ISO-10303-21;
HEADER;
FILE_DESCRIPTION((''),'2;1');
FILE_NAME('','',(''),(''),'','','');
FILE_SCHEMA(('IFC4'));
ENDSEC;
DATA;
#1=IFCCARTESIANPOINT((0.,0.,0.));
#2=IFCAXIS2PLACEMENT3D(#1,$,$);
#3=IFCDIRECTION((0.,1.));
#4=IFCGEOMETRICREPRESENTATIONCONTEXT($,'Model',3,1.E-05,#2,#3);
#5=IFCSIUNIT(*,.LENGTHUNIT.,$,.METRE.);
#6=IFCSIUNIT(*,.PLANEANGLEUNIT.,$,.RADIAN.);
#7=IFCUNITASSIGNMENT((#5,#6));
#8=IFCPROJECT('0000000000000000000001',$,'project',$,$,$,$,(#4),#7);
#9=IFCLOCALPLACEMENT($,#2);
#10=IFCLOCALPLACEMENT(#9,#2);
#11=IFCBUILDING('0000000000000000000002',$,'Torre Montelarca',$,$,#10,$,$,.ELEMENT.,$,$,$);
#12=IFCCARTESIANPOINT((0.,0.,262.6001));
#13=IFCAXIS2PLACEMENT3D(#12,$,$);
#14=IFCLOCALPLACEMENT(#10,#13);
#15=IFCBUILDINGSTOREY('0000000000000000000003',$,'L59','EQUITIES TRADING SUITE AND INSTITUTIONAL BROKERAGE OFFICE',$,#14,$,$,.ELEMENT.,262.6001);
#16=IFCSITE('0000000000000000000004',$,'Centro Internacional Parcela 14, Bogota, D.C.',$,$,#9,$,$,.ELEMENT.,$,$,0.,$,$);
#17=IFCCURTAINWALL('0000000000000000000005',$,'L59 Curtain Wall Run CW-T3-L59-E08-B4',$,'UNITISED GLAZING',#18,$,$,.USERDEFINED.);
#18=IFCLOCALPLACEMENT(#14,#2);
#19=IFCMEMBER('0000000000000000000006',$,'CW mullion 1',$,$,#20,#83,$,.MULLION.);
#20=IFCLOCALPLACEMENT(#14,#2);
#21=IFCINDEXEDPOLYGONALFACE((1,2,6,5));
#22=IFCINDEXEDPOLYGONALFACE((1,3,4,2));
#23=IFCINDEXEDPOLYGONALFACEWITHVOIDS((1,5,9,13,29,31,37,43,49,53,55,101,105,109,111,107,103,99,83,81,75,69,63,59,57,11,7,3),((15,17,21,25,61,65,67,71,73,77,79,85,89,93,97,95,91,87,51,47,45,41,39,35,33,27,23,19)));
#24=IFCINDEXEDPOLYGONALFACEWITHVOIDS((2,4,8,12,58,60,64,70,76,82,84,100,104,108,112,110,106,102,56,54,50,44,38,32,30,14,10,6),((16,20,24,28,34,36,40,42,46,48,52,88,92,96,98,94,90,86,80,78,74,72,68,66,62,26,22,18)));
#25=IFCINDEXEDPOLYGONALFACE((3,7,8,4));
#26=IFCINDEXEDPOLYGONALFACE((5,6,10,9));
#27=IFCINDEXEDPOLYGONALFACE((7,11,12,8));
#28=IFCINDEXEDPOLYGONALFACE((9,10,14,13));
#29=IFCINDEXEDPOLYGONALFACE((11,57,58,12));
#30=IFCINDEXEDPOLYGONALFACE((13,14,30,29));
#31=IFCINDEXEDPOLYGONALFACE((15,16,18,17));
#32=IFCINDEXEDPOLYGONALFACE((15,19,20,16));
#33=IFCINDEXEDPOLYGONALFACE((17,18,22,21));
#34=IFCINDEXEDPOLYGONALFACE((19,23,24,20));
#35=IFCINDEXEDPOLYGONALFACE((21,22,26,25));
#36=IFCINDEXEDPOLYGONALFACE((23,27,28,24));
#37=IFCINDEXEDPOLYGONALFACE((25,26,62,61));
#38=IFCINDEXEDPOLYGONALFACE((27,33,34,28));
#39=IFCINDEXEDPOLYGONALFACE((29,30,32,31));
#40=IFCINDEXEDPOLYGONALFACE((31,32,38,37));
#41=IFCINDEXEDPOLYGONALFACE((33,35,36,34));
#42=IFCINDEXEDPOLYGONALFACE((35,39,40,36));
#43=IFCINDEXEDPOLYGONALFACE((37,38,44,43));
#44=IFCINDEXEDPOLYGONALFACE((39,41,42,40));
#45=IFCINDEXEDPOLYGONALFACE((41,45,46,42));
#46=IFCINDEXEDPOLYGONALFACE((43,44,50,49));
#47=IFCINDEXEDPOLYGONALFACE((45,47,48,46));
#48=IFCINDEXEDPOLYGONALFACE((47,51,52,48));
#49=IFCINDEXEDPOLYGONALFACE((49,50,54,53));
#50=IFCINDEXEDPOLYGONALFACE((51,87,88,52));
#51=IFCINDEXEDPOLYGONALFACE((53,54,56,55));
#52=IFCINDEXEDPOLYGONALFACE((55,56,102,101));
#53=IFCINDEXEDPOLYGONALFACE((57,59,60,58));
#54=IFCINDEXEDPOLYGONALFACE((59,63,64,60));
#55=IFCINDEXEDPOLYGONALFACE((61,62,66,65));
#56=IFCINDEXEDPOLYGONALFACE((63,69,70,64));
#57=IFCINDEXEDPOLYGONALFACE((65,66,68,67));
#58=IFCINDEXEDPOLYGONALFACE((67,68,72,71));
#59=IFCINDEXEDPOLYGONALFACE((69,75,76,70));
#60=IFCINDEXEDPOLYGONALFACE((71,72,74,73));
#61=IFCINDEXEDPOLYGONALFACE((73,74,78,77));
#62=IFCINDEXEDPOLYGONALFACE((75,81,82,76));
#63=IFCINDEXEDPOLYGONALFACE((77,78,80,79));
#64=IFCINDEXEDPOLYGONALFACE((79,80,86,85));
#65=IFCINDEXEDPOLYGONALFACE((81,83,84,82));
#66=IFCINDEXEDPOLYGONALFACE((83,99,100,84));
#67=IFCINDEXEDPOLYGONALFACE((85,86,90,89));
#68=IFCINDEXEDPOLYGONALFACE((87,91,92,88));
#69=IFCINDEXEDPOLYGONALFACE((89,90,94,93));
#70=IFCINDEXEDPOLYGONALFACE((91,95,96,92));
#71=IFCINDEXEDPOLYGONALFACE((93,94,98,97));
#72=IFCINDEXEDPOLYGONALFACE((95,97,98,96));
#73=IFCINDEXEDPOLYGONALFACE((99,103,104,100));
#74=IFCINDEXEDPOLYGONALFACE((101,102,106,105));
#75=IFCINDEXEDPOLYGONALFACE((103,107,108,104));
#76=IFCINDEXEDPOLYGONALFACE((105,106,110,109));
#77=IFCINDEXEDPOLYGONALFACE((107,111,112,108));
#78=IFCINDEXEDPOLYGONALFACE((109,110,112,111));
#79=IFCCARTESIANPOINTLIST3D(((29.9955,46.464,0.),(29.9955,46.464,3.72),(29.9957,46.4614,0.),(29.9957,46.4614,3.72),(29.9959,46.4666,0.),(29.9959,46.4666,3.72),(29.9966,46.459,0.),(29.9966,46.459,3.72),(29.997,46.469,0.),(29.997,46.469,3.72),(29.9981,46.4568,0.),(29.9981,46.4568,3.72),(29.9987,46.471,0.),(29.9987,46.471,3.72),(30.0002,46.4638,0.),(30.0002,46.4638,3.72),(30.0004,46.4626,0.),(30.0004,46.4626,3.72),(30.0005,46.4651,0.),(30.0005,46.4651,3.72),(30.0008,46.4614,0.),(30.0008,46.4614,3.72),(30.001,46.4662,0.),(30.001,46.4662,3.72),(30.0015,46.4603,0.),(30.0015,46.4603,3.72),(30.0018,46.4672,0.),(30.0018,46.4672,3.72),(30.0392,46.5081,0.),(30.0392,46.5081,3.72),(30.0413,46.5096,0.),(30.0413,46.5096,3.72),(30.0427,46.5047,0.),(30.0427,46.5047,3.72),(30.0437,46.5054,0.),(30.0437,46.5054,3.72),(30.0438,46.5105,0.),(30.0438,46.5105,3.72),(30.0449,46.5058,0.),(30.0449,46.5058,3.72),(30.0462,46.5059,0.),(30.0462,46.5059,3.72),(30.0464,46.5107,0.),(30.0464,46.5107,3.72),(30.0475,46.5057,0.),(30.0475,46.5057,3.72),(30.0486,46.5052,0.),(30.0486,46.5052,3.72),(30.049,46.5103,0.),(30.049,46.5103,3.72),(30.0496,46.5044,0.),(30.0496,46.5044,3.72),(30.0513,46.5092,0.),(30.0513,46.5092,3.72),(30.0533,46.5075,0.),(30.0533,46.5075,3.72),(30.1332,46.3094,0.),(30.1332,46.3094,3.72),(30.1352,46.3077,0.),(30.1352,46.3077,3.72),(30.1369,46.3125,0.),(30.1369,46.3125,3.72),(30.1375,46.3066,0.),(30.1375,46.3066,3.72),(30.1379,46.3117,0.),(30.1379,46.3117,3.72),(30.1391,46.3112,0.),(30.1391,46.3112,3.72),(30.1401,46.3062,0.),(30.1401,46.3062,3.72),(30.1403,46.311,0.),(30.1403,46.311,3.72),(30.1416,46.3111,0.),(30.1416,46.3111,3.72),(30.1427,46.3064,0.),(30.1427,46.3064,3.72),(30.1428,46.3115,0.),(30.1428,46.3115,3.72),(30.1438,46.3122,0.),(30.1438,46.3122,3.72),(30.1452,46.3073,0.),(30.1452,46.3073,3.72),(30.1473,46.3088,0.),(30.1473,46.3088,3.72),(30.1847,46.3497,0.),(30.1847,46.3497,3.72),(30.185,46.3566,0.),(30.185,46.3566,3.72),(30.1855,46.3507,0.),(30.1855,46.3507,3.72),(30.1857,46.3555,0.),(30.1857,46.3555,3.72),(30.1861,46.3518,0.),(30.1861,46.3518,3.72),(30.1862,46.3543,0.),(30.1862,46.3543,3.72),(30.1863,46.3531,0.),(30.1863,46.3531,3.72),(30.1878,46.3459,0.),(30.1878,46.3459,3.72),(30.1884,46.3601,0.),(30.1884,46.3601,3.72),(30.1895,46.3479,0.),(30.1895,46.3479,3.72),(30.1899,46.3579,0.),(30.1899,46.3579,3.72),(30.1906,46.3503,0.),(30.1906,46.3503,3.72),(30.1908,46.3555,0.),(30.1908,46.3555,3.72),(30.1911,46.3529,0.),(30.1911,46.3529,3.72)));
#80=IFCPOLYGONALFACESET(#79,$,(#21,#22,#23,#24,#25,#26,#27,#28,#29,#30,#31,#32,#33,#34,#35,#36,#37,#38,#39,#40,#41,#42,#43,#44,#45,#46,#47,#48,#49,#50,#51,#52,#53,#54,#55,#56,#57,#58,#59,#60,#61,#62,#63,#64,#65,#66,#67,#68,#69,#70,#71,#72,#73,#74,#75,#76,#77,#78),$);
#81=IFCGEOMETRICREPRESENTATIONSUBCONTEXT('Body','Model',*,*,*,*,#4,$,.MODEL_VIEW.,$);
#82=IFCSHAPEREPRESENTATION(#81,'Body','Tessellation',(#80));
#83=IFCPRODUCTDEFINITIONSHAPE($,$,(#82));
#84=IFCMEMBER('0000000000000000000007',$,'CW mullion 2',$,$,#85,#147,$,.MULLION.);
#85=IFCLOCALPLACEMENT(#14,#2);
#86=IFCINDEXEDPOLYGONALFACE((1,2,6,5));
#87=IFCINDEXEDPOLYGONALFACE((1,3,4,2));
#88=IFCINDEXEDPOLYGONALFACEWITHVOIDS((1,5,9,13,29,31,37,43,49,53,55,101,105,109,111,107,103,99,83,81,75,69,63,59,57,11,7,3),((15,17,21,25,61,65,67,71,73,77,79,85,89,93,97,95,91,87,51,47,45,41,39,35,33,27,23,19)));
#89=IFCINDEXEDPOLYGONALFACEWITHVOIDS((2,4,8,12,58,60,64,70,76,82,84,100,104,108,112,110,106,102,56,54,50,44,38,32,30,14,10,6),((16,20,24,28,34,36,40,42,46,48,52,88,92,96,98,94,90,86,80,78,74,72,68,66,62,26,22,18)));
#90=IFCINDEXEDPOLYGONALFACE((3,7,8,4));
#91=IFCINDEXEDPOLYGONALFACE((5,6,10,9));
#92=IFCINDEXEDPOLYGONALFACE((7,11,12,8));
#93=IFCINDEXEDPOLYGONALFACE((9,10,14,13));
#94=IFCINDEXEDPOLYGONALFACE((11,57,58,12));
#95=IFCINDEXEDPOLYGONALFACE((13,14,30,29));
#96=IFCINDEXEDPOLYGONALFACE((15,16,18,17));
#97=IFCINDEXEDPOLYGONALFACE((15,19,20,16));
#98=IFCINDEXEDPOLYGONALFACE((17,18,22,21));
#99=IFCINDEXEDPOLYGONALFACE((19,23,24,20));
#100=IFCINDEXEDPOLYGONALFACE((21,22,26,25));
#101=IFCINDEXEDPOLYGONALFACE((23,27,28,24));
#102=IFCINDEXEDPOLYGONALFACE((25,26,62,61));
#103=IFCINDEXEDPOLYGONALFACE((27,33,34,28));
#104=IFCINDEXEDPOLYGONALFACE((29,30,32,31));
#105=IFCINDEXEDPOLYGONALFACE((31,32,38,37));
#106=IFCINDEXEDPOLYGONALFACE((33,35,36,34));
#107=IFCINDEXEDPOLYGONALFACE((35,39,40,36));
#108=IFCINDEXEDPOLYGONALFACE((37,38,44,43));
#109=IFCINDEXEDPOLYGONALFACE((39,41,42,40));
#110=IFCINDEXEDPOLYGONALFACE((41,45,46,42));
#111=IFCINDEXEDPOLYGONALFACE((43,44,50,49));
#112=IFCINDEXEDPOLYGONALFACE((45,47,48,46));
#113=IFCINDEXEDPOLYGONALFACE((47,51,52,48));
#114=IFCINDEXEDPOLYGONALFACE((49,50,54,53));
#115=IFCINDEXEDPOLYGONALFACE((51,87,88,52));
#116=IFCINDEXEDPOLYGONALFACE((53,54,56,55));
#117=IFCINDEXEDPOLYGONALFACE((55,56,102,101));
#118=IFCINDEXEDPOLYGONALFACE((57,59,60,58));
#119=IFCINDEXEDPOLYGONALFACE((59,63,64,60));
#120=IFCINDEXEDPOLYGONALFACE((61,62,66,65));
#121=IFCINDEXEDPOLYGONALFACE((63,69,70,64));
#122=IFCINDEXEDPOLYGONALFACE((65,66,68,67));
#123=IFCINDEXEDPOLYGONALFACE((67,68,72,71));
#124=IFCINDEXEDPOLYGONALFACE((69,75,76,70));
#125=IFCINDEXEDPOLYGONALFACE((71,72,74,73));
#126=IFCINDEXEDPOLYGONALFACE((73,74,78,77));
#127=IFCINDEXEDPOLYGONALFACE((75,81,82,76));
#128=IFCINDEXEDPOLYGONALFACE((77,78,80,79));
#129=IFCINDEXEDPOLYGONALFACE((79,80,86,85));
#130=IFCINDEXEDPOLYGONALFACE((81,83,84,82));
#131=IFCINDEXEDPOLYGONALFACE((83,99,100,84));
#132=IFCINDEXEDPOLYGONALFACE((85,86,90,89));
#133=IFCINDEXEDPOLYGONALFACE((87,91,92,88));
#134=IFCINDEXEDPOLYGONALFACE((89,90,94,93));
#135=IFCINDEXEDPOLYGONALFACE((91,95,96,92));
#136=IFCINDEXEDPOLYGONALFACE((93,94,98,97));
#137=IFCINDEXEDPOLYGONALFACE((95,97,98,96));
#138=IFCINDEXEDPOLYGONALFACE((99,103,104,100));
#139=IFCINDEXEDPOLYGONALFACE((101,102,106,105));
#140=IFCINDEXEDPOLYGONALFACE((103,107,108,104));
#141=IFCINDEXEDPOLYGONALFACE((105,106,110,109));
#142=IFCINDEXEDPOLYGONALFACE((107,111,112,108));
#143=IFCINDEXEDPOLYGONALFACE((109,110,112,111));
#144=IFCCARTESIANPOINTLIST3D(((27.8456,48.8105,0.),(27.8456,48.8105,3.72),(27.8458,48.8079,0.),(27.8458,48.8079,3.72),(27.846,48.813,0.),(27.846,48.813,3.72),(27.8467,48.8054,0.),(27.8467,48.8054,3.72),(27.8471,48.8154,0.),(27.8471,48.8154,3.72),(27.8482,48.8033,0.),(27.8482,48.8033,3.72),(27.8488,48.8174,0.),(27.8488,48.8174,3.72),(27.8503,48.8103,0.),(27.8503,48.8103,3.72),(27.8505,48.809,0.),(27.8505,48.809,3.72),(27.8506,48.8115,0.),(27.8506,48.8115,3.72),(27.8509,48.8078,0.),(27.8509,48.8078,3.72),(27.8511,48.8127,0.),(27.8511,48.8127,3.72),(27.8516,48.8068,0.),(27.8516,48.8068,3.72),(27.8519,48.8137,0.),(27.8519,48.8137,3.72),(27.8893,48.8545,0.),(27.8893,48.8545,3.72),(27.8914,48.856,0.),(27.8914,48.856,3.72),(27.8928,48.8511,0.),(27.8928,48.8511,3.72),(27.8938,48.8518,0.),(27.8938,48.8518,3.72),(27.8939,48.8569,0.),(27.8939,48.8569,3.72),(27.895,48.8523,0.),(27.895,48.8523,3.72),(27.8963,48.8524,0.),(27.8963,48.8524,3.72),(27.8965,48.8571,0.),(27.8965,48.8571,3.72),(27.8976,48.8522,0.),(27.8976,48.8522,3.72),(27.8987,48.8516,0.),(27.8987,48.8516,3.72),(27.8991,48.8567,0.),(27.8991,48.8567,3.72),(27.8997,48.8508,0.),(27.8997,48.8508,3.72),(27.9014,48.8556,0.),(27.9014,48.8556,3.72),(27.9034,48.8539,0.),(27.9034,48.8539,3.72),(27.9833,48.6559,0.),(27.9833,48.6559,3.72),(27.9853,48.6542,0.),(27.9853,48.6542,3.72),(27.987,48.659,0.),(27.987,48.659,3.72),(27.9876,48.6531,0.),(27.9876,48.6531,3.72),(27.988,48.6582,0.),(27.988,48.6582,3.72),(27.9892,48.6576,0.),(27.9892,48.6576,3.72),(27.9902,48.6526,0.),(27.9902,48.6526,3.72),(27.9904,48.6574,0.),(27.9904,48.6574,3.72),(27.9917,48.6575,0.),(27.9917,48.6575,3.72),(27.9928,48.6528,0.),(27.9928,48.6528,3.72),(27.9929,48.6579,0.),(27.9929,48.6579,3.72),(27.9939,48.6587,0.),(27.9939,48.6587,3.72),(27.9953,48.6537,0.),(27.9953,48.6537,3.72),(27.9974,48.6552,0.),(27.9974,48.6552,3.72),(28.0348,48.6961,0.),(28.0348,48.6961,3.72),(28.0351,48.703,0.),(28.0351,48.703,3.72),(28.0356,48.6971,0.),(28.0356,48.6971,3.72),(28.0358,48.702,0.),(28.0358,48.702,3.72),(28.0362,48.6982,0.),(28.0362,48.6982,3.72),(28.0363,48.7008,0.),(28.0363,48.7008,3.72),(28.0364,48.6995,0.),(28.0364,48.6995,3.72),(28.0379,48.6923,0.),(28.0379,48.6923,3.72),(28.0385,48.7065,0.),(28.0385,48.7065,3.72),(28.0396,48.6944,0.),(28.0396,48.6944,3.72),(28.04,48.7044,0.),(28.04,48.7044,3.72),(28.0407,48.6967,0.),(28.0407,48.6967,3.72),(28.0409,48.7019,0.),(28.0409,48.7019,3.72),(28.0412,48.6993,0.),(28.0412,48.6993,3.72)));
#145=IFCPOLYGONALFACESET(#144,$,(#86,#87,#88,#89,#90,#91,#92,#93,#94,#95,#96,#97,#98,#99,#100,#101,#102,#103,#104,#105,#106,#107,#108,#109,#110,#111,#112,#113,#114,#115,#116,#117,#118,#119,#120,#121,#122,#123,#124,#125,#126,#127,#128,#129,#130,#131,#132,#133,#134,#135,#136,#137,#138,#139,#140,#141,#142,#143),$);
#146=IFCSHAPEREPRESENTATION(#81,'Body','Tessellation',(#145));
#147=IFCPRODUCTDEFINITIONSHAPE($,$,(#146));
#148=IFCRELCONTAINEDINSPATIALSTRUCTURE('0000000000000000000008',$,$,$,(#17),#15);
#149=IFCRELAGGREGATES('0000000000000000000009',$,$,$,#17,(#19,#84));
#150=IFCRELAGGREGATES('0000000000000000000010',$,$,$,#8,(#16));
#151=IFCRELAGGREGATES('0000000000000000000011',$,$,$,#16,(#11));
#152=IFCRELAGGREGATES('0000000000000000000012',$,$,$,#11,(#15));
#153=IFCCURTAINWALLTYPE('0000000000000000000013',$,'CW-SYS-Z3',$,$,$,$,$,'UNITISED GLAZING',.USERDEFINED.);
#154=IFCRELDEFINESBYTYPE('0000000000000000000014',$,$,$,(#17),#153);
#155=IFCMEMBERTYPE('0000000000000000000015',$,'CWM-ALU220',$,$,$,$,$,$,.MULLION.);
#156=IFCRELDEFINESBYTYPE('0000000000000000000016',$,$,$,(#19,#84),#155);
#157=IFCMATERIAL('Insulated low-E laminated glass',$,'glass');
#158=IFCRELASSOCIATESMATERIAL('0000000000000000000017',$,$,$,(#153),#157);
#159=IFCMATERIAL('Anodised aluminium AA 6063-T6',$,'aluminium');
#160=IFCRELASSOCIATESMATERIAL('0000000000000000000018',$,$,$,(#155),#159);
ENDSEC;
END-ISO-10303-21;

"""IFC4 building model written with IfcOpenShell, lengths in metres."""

from ifc_helpers import new_model, si_unit, direction, frame, origin, origin_2d, place, context, subcontext, project, spatial, hollow_rectangle, extrude, source, transform, mapped, material, material_profile, profile_set, type_object, element, aggregate, save


model = new_model("IFC4")

# Units and contexts
model_context = context("Model", 3, precision=1e-05, world=origin(), true_north=direction((0.0, 1.0)))
body_context = subcontext(model_context, "Body", "Model", "MODEL_VIEW")
ifc_project = project(units=[si_unit("LENGTHUNIT", "METRE"), si_unit("PLANEANGLEUNIT", "RADIAN")], contexts=[model_context])

# Site, building, storey
site_placement = place(None, origin())
site = spatial("IfcSite", under=ifc_project, at=site_placement, Name="Centro Internacional Parcela 14, Bogota, D.C.", CompositionType="ELEMENT", RefElevation=0.0)
building_placement = place(site_placement, origin())
building = spatial("IfcBuilding", under=site, at=building_placement, Name="Torre Montelarca", CompositionType="ELEMENT")
storey_placement = place(building_placement, frame((0.0, 0.0, 262.6001)))
storey = spatial("IfcBuildingStorey", under=building, at=storey_placement, Name="L59", Description="EQUITIES TRADING SUITE AND INSTITUTIONAL BROKERAGE OFFICE", CompositionType="ELEMENT", Elevation=262.6001)

# Shared definitions
ifc_material_1 = material(Name="Insulated low-E laminated glass", Category="glass")
curtain_wall_type = type_object("IfcCurtainWallType", Name="CW-SYS-Z3", ElementType="UNITISED GLAZING", PredefinedType="USERDEFINED", material=ifc_material_1)
ifc_material_2 = material(Name="Anodised aluminium AA 6063-T6", Category="aluminium")
ifc_material_profile_1 = material_profile(ifc_material_2, hollow_rectangle(XDim=0.075, YDim=0.22, WallThickness=0.0049, InnerFilletRadius=0.0049, OuterFilletRadius=0.01, at=origin_2d()), Name="ALU75X220X5", Category="aluminium")
ifc_profile_set_1 = profile_set([ifc_material_profile_1], Name="Anodised aluminium AA 6063-T6")
member_type_1 = type_object("IfcMemberType", Name="CWM-ALU220", PredefinedType="MULLION", material=ifc_profile_set_1)
shared_shape_1 = source(origin(), body_context, "Body", "SweptSolid", [
    extrude(hollow_rectangle(XDim=0.075, YDim=0.22, WallThickness=0.0049, InnerFilletRadius=0.0049, OuterFilletRadius=0.01, at=origin_2d()), origin(), (0.0, 0.0, 1.0), 3.72),
])

# Curtain wall, members
curtain_wall_1_placement = place(storey_placement, origin())
curtain_wall_1 = element("IfcCurtainWall", 1, at=curtain_wall_1_placement, inside=storey, type_object=curtain_wall_type, Name="L59 Curtain Wall Run CW-T3-L59-E08-B4", ObjectType="UNITISED GLAZING", PredefinedType="USERDEFINED")
member_1_placement = place(storey_placement, frame((30.0933, 46.4084, 0.0), z_axis=(0.0, 0.0, 1.0), x_axis=(-0.73728, -0.675588, 0.0)))
member_1 = element("IfcMember", 2, at=member_1_placement, type_object=member_type_1, Name="CW mullion 1", PredefinedType="MULLION", context=body_context, shape_type="MappedRepresentation", body=[
    mapped(shared_shape_1, transform((0.0, 0.0, 0.0), scale=1.0)),
])
member_2_placement = place(storey_placement, frame((27.9434, 48.7549, 0.0), z_axis=(0.0, 0.0, 1.0), x_axis=(-0.73728, -0.675588, 0.0)))
member_2 = element("IfcMember", 3, at=member_2_placement, type_object=member_type_1, Name="CW mullion 2", PredefinedType="MULLION", context=body_context, shape_type="MappedRepresentation", body=[
    mapped(shared_shape_1, transform((0.0, 0.0, 0.0), scale=1.0)),
])

aggregate(curtain_wall_1, [member_1, member_2])

save(model, "model.ifc")
